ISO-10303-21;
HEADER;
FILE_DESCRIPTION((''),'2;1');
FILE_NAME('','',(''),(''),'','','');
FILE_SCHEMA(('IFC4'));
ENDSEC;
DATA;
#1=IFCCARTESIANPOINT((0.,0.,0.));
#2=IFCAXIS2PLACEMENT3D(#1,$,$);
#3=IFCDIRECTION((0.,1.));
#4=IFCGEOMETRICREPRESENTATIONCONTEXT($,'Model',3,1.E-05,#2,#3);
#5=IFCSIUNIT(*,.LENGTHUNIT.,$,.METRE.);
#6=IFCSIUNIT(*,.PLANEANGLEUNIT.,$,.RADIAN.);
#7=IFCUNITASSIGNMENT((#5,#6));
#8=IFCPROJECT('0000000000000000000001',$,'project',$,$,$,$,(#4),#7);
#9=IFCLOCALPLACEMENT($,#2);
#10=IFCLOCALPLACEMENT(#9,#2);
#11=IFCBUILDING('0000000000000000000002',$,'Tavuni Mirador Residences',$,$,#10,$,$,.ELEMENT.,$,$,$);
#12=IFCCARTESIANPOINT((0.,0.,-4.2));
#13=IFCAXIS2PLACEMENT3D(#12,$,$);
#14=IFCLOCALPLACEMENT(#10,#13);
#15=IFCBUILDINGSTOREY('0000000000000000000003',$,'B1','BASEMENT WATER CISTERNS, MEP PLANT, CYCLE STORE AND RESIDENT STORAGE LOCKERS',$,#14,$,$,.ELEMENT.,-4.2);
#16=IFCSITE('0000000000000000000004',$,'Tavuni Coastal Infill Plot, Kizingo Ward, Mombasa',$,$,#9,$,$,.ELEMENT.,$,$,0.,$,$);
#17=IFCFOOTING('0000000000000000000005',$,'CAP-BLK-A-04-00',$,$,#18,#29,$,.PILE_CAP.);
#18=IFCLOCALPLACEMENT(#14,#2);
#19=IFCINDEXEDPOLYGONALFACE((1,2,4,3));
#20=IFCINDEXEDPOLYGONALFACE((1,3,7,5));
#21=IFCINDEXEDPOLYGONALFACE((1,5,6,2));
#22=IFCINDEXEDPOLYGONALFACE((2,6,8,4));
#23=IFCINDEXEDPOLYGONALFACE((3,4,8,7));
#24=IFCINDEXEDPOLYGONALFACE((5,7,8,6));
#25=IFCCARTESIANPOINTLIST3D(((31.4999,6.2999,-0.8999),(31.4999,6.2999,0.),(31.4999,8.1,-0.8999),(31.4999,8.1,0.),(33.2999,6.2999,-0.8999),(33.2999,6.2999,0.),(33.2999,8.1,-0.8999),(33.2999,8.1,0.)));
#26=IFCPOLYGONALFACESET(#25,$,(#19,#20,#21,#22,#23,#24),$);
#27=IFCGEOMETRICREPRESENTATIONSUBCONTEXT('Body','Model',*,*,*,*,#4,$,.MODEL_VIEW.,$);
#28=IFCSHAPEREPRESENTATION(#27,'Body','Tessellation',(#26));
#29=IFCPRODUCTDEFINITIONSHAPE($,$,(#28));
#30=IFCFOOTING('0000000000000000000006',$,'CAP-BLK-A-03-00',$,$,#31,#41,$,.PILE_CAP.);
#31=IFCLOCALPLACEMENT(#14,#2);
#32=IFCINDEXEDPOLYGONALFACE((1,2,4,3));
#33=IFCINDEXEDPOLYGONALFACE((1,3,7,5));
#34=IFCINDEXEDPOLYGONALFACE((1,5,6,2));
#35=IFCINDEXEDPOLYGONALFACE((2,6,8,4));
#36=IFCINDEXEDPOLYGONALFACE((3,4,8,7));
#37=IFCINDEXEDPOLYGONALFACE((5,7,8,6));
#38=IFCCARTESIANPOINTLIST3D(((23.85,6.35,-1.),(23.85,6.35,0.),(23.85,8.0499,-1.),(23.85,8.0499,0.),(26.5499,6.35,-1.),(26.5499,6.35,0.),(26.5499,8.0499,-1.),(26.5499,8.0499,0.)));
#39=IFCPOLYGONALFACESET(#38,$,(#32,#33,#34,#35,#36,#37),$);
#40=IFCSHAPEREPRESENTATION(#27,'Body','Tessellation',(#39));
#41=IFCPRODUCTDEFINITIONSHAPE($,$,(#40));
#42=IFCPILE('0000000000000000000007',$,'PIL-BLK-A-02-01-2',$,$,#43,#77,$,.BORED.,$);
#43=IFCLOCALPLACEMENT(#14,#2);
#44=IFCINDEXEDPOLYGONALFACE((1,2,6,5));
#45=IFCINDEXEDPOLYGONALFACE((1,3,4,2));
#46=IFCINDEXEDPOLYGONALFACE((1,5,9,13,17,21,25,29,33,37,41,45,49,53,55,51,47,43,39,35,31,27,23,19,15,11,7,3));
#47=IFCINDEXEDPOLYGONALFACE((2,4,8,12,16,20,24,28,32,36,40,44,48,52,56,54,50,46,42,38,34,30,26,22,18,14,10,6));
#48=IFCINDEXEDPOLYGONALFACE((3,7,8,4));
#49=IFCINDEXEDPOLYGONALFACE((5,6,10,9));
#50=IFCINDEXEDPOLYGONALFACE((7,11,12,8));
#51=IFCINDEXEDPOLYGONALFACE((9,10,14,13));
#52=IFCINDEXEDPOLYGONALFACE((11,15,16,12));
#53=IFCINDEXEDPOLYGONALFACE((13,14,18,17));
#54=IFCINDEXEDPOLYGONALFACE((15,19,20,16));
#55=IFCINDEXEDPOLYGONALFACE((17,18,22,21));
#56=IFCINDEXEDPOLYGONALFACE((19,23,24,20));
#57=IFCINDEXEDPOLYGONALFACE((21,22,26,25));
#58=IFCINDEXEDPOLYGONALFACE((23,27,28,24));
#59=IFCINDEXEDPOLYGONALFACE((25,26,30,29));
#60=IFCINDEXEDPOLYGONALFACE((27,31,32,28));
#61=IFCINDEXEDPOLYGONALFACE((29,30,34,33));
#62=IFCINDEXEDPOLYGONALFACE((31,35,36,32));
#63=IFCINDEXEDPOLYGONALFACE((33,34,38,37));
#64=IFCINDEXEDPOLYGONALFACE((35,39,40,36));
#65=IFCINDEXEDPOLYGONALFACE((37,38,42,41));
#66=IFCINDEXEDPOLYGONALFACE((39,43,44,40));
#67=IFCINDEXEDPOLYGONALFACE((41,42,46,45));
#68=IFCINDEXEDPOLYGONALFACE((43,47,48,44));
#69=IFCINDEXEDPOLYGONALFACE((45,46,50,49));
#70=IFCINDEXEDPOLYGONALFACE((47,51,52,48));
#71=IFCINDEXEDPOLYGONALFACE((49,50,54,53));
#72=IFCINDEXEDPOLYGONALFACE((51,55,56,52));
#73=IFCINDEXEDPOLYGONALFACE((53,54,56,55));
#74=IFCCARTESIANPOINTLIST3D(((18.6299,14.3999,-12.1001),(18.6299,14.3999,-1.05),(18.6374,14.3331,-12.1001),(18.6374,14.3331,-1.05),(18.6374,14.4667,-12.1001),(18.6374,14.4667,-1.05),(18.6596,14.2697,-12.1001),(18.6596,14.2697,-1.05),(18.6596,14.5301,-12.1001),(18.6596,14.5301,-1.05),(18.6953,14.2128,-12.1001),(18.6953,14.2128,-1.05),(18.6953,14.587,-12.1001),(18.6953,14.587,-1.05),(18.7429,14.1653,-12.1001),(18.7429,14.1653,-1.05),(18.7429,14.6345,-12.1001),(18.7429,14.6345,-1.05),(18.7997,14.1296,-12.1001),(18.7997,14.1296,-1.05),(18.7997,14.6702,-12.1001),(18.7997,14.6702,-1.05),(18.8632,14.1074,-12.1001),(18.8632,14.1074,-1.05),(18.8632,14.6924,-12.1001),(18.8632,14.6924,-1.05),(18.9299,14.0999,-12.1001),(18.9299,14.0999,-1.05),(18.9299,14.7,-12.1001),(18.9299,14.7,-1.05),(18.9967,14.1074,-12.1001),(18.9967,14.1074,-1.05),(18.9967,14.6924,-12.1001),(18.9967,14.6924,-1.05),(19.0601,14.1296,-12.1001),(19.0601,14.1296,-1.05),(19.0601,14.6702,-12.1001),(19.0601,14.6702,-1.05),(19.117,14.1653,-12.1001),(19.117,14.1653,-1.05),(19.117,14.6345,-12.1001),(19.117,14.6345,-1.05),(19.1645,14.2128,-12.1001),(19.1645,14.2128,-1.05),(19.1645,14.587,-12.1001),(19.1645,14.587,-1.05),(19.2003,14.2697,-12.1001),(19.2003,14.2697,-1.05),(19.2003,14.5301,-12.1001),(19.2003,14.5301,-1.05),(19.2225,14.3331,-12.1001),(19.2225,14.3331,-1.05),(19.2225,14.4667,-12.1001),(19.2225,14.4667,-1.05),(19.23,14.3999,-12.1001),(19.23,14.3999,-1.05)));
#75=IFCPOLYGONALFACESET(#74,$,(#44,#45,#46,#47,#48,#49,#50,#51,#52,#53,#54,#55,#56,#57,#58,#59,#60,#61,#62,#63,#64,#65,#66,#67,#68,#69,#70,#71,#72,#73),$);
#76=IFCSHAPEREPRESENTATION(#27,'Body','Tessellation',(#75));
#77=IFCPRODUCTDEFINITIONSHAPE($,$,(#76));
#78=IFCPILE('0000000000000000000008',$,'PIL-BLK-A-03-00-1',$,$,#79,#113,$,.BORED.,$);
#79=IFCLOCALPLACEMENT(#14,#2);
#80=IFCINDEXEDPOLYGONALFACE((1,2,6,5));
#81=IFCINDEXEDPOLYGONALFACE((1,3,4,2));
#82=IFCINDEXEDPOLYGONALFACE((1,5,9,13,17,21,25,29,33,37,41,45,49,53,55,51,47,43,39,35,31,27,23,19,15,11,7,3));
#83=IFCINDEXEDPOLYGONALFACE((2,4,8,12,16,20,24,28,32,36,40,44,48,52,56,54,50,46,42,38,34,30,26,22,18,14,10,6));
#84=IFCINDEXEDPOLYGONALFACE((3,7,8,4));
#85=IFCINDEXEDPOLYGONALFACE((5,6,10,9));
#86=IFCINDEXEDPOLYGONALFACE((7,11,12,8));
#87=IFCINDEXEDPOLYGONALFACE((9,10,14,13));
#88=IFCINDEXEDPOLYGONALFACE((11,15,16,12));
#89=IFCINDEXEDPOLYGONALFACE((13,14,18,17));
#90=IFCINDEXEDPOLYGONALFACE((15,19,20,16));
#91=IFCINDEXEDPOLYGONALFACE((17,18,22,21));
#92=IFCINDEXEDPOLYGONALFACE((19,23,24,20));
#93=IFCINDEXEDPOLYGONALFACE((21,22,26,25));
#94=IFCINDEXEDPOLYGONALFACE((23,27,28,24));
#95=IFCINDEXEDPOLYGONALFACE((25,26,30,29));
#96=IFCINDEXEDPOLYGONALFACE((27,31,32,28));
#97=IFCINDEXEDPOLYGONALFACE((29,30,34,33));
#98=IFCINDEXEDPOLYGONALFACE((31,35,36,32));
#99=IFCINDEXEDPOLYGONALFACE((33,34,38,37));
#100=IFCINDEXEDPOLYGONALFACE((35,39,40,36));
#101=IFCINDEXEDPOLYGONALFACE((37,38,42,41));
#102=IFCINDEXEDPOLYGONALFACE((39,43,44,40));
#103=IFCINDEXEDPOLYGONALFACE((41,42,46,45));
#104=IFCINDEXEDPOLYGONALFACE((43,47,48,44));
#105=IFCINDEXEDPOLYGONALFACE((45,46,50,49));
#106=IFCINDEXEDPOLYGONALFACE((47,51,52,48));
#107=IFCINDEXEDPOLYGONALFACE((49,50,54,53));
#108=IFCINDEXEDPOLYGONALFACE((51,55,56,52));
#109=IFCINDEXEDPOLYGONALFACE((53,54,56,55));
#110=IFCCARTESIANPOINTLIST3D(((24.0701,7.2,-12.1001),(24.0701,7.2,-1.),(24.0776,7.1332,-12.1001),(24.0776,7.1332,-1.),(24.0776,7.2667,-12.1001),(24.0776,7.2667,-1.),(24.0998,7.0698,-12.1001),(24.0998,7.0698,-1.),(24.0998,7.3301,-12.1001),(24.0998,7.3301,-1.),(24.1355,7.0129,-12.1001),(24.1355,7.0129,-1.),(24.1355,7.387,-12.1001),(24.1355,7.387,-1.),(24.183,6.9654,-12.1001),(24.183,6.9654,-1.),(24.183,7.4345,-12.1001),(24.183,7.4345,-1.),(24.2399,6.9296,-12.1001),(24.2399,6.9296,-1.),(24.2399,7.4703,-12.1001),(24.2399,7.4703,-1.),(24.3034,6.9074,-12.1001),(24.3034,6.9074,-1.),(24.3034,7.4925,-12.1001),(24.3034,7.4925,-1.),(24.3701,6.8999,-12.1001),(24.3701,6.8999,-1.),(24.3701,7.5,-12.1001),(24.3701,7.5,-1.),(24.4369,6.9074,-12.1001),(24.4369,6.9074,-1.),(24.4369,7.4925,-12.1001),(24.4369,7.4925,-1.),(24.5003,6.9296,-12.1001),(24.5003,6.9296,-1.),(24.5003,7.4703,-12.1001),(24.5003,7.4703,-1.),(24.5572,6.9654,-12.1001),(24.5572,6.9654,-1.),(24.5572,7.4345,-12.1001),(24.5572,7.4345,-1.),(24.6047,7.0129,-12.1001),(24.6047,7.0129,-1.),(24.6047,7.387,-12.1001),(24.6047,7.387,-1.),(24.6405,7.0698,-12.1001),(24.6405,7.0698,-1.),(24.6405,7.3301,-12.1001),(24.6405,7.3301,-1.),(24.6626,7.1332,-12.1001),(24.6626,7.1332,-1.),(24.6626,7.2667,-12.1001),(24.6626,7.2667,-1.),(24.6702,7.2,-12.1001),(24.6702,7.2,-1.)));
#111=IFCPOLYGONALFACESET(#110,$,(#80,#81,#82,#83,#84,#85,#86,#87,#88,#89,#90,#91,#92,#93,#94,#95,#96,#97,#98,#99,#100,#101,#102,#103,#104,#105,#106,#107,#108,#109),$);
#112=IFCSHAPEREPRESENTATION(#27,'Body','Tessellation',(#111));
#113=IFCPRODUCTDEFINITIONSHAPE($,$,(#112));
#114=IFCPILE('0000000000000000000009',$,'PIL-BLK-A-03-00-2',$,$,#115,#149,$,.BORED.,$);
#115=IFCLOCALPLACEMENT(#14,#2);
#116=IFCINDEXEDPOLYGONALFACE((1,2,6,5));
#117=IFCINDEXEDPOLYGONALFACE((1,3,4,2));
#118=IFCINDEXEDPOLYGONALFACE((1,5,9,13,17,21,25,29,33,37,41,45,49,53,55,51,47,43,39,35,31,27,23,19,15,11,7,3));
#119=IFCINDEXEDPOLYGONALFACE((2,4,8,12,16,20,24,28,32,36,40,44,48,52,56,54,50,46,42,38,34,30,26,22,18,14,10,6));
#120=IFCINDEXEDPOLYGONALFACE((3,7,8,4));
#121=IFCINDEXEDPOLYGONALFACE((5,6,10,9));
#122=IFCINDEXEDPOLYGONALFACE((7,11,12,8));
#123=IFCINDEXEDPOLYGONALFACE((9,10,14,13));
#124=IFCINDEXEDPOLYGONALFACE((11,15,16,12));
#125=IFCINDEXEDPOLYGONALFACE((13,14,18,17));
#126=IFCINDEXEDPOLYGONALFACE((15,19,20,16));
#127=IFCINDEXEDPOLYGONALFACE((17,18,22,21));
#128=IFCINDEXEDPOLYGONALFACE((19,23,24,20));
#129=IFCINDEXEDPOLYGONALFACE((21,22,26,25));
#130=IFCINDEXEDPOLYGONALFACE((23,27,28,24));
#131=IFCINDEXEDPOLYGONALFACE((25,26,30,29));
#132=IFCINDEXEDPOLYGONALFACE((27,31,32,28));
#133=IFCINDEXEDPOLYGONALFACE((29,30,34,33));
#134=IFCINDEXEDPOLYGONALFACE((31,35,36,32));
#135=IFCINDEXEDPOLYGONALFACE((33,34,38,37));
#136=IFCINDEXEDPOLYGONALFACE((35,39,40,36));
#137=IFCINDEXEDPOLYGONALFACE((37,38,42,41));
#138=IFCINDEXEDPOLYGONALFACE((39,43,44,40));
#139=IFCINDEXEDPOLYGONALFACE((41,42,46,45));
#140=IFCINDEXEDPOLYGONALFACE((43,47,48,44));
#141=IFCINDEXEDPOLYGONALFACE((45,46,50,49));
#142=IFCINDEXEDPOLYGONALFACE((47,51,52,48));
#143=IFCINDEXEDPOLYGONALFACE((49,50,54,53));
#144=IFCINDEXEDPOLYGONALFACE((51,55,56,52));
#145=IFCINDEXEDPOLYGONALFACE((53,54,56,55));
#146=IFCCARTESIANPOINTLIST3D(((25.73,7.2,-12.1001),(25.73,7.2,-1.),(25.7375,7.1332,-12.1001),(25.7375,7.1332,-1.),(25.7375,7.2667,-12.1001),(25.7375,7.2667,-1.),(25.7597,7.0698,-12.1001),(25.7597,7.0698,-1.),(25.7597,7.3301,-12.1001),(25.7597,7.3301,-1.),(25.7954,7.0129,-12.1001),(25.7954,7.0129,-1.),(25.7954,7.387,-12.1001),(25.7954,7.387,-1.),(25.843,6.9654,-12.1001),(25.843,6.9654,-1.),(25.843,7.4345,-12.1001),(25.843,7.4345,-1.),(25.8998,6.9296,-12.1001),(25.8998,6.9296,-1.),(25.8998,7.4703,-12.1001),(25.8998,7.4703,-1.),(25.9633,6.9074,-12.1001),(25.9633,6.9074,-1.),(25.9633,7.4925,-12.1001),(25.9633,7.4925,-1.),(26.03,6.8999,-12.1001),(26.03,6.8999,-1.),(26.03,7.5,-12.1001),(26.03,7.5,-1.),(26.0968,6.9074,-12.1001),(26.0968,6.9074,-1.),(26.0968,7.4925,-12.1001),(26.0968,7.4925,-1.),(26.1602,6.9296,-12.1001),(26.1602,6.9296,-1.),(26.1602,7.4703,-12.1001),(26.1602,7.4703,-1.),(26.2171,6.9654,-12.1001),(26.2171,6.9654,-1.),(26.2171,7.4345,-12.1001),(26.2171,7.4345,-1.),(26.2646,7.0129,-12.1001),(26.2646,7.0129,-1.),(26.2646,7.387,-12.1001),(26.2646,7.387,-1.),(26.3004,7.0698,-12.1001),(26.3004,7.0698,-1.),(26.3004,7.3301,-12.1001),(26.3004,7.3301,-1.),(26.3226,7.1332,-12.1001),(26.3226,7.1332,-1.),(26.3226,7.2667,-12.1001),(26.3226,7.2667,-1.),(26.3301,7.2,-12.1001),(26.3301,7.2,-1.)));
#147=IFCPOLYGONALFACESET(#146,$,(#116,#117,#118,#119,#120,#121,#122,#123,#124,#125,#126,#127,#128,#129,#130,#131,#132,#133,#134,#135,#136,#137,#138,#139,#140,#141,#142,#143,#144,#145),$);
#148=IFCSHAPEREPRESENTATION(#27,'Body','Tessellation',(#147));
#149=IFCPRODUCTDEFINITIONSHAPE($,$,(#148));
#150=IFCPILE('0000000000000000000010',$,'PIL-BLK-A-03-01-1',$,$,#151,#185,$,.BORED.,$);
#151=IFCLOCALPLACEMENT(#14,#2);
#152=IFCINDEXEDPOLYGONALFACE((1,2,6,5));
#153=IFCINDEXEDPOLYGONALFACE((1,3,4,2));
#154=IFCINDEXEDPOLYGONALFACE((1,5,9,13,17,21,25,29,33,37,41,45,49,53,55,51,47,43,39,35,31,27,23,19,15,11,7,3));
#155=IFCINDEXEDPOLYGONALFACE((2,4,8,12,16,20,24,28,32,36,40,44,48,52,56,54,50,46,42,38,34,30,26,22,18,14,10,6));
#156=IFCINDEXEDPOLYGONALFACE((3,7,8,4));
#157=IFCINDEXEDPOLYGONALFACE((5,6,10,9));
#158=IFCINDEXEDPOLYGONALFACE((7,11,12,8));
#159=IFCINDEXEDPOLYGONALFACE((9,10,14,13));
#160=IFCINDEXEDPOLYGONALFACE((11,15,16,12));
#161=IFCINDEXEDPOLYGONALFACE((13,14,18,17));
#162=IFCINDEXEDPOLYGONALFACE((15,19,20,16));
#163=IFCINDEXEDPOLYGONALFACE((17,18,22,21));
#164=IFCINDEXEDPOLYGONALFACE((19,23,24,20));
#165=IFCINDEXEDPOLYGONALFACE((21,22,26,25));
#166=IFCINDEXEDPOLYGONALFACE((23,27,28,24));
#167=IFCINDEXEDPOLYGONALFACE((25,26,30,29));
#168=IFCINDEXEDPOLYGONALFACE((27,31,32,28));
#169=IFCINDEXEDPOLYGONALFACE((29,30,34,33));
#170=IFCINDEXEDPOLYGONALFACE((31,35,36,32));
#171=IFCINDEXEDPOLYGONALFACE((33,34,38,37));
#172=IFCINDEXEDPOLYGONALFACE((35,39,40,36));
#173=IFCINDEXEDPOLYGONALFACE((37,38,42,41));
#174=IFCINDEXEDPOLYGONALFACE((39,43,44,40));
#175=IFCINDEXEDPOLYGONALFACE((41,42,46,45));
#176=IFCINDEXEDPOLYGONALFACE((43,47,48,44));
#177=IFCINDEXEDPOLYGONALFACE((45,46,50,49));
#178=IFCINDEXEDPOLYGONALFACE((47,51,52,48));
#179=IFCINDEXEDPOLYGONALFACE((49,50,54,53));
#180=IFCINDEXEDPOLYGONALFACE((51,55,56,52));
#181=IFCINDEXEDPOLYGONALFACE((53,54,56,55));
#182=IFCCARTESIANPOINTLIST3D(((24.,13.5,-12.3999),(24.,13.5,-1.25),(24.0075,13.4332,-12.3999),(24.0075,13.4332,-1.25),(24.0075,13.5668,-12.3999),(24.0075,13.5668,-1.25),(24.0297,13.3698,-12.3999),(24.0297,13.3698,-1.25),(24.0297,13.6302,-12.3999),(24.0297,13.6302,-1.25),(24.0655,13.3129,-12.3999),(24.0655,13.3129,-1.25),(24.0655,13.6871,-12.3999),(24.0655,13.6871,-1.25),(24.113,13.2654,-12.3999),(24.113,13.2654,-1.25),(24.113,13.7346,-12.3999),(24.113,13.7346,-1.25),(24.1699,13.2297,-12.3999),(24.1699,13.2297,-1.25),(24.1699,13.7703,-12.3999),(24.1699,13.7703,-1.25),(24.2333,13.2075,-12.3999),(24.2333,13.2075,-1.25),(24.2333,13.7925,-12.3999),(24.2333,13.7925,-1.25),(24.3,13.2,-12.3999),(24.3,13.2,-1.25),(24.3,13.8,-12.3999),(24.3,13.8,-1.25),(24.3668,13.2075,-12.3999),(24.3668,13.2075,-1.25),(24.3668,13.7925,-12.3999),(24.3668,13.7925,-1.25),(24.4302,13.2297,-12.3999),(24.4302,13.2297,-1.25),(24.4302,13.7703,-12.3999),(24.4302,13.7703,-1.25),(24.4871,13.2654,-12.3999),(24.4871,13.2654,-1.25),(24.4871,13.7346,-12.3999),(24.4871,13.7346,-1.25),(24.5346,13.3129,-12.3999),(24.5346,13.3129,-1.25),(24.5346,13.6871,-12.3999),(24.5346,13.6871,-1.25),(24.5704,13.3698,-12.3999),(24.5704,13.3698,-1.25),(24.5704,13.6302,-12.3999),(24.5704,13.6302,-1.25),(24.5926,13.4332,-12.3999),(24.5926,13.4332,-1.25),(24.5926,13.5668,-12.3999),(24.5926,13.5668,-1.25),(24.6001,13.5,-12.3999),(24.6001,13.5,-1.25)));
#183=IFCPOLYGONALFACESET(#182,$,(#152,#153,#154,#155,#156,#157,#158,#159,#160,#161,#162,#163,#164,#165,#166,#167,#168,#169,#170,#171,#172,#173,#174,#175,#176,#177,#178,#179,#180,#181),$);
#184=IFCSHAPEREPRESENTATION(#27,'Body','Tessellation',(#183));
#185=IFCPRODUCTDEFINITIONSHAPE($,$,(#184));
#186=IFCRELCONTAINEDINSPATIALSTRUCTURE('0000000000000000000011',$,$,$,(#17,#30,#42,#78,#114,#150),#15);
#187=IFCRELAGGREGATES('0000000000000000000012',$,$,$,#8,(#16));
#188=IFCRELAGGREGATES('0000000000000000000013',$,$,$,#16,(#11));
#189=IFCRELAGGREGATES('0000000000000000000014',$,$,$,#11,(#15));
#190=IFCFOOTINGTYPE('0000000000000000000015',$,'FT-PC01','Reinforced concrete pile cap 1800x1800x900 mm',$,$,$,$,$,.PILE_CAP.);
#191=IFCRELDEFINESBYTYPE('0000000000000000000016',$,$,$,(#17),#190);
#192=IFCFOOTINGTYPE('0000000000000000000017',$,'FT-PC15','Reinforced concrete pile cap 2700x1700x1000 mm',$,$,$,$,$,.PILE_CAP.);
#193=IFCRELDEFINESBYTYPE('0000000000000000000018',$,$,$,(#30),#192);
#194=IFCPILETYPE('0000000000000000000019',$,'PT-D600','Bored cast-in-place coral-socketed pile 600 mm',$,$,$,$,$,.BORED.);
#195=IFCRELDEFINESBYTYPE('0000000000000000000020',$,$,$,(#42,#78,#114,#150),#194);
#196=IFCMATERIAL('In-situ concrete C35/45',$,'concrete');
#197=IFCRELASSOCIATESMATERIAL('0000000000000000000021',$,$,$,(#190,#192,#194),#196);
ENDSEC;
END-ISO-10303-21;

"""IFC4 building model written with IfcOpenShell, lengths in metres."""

from ifc_helpers import new_model, si_unit, direction, frame, origin, origin_2d, place, context, subcontext, project, spatial, rectangle, circle, extrude, material, material_profile, profile_set, type_object, element, save


model = new_model("IFC4")

# Units and contexts
model_context = context("Model", 3, precision=1e-05, world=origin(), true_north=direction((0.0, 1.0)))
body_context = subcontext(model_context, "Body", "Model", "MODEL_VIEW")
ifc_project = project(units=[si_unit("LENGTHUNIT", "METRE"), si_unit("PLANEANGLEUNIT", "RADIAN")], contexts=[model_context])

# Site, building, storey
site_placement = place(None, origin())
site = spatial("IfcSite", under=ifc_project, at=site_placement, Name="Tavuni Coastal Infill Plot, Kizingo Ward, Mombasa", CompositionType="ELEMENT", RefElevation=0.0)
building_placement = place(site_placement, origin())
building = spatial("IfcBuilding", under=site, at=building_placement, Name="Tavuni Mirador Residences", CompositionType="ELEMENT")
storey_placement = place(building_placement, frame((0.0, 0.0, -4.2)))
storey = spatial("IfcBuildingStorey", under=building, at=storey_placement, Name="B1", Description="BASEMENT WATER CISTERNS, MEP PLANT, CYCLE STORE AND RESIDENT STORAGE LOCKERS", CompositionType="ELEMENT", Elevation=-4.2)

# Footings
ifc_material_1 = material(Name="In-situ concrete C35/45", Category="concrete")
footing_type_1 = type_object("IfcFootingType", Name="FT-PC01", Description="Reinforced concrete pile cap 1800x1800x900 mm", PredefinedType="PILE_CAP", material=ifc_material_1)
footing_1_placement = place(storey_placement, frame((32.3999, 7.2, -0.8999), z_axis=(0.0, 0.0, 1.0), x_axis=(1.0, 0.0, 0.0)))
element("IfcFooting", 1, at=footing_1_placement, inside=storey, type_object=footing_type_1, Name="CAP-BLK-A-04-00", PredefinedType="PILE_CAP", context=body_context, shape_type="SweptSolid", body=[
    extrude(rectangle(XDim=1.8, YDim=1.8, at=origin_2d()), origin(), (0.0, 0.0, 1.0), 0.8999),
])
footing_type_2 = type_object("IfcFootingType", Name="FT-PC15", Description="Reinforced concrete pile cap 2700x1700x1000 mm", PredefinedType="PILE_CAP", material=ifc_material_1)
footing_2_placement = place(storey_placement, frame((25.2, 7.2, -1.0), z_axis=(0.0, 0.0, 1.0), x_axis=(1.0, 0.0, 0.0)))
element("IfcFooting", 2, at=footing_2_placement, inside=storey, type_object=footing_type_2, Name="CAP-BLK-A-03-00", PredefinedType="PILE_CAP", context=body_context, shape_type="SweptSolid", body=[
    extrude(rectangle(XDim=2.7, YDim=1.7, at=origin_2d()), origin(), (0.0, 0.0, 1.0), 1.0),
])

# Piles
ifc_material_profile_1 = material_profile(ifc_material_1, circle(Radius=0.3, at=origin_2d()), Name="PILE D600", Category="concrete")
ifc_profile_set_1 = profile_set([ifc_material_profile_1], Name="In-situ concrete C35/45")
pile_type_1 = type_object("IfcPileType", Name="PT-D600", Description="Bored cast-in-place coral-socketed pile 600 mm", PredefinedType="BORED", material=ifc_profile_set_1)
pile_1_placement = place(storey_placement, frame((18.9299, 14.3999, -1.05), z_axis=(0.0, 0.0, -1.0), x_axis=(1.0, 0.0, 0.0)))
element("IfcPile", 3, at=pile_1_placement, inside=storey, type_object=pile_type_1, Name="PIL-BLK-A-02-01-2", PredefinedType="BORED", context=body_context, shape_type="SweptSolid", body=[
    extrude(circle(Radius=0.3, at=origin_2d()), origin(), (0.0, 0.0, 1.0), 11.05),
])
for number, where, z_axis, x_axis, name in (
    (4, (24.3701, 7.2, -1.0), (0.0, 0.0, -1.0), (1.0, 0.0, 0.0), "PIL-BLK-A-03-00-1"),
    (5, (26.03, 7.2, -1.0), (0.0, 0.0, -1.0), (1.0, 0.0, 0.0), "PIL-BLK-A-03-00-2"),
):
    element("IfcPile", number, at=place(storey_placement, frame(where, z_axis=z_axis, x_axis=x_axis)), inside=storey, type_object=pile_type_1, Name=name, PredefinedType="BORED", context=body_context, shape_type="SweptSolid", body=[
        extrude(circle(Radius=0.3, at=origin_2d()), origin(), (0.0, 0.0, 1.0), 11.1001),
    ])
for number, where, z_axis, x_axis, name in (
    (6, (24.3, 13.5, -1.25), (0.0, 0.0, -1.0), (1.0, 0.0, 0.0), "PIL-BLK-A-03-01-1"),
):
    element("IfcPile", number, at=place(storey_placement, frame(where, z_axis=z_axis, x_axis=x_axis)), inside=storey, type_object=pile_type_1, Name=name, PredefinedType="BORED", context=body_context, shape_type="SweptSolid", body=[
        extrude(circle(Radius=0.3, at=origin_2d()), origin(), (0.0, 0.0, 1.0), 11.1499),
    ])

save(model, "model.ifc")
